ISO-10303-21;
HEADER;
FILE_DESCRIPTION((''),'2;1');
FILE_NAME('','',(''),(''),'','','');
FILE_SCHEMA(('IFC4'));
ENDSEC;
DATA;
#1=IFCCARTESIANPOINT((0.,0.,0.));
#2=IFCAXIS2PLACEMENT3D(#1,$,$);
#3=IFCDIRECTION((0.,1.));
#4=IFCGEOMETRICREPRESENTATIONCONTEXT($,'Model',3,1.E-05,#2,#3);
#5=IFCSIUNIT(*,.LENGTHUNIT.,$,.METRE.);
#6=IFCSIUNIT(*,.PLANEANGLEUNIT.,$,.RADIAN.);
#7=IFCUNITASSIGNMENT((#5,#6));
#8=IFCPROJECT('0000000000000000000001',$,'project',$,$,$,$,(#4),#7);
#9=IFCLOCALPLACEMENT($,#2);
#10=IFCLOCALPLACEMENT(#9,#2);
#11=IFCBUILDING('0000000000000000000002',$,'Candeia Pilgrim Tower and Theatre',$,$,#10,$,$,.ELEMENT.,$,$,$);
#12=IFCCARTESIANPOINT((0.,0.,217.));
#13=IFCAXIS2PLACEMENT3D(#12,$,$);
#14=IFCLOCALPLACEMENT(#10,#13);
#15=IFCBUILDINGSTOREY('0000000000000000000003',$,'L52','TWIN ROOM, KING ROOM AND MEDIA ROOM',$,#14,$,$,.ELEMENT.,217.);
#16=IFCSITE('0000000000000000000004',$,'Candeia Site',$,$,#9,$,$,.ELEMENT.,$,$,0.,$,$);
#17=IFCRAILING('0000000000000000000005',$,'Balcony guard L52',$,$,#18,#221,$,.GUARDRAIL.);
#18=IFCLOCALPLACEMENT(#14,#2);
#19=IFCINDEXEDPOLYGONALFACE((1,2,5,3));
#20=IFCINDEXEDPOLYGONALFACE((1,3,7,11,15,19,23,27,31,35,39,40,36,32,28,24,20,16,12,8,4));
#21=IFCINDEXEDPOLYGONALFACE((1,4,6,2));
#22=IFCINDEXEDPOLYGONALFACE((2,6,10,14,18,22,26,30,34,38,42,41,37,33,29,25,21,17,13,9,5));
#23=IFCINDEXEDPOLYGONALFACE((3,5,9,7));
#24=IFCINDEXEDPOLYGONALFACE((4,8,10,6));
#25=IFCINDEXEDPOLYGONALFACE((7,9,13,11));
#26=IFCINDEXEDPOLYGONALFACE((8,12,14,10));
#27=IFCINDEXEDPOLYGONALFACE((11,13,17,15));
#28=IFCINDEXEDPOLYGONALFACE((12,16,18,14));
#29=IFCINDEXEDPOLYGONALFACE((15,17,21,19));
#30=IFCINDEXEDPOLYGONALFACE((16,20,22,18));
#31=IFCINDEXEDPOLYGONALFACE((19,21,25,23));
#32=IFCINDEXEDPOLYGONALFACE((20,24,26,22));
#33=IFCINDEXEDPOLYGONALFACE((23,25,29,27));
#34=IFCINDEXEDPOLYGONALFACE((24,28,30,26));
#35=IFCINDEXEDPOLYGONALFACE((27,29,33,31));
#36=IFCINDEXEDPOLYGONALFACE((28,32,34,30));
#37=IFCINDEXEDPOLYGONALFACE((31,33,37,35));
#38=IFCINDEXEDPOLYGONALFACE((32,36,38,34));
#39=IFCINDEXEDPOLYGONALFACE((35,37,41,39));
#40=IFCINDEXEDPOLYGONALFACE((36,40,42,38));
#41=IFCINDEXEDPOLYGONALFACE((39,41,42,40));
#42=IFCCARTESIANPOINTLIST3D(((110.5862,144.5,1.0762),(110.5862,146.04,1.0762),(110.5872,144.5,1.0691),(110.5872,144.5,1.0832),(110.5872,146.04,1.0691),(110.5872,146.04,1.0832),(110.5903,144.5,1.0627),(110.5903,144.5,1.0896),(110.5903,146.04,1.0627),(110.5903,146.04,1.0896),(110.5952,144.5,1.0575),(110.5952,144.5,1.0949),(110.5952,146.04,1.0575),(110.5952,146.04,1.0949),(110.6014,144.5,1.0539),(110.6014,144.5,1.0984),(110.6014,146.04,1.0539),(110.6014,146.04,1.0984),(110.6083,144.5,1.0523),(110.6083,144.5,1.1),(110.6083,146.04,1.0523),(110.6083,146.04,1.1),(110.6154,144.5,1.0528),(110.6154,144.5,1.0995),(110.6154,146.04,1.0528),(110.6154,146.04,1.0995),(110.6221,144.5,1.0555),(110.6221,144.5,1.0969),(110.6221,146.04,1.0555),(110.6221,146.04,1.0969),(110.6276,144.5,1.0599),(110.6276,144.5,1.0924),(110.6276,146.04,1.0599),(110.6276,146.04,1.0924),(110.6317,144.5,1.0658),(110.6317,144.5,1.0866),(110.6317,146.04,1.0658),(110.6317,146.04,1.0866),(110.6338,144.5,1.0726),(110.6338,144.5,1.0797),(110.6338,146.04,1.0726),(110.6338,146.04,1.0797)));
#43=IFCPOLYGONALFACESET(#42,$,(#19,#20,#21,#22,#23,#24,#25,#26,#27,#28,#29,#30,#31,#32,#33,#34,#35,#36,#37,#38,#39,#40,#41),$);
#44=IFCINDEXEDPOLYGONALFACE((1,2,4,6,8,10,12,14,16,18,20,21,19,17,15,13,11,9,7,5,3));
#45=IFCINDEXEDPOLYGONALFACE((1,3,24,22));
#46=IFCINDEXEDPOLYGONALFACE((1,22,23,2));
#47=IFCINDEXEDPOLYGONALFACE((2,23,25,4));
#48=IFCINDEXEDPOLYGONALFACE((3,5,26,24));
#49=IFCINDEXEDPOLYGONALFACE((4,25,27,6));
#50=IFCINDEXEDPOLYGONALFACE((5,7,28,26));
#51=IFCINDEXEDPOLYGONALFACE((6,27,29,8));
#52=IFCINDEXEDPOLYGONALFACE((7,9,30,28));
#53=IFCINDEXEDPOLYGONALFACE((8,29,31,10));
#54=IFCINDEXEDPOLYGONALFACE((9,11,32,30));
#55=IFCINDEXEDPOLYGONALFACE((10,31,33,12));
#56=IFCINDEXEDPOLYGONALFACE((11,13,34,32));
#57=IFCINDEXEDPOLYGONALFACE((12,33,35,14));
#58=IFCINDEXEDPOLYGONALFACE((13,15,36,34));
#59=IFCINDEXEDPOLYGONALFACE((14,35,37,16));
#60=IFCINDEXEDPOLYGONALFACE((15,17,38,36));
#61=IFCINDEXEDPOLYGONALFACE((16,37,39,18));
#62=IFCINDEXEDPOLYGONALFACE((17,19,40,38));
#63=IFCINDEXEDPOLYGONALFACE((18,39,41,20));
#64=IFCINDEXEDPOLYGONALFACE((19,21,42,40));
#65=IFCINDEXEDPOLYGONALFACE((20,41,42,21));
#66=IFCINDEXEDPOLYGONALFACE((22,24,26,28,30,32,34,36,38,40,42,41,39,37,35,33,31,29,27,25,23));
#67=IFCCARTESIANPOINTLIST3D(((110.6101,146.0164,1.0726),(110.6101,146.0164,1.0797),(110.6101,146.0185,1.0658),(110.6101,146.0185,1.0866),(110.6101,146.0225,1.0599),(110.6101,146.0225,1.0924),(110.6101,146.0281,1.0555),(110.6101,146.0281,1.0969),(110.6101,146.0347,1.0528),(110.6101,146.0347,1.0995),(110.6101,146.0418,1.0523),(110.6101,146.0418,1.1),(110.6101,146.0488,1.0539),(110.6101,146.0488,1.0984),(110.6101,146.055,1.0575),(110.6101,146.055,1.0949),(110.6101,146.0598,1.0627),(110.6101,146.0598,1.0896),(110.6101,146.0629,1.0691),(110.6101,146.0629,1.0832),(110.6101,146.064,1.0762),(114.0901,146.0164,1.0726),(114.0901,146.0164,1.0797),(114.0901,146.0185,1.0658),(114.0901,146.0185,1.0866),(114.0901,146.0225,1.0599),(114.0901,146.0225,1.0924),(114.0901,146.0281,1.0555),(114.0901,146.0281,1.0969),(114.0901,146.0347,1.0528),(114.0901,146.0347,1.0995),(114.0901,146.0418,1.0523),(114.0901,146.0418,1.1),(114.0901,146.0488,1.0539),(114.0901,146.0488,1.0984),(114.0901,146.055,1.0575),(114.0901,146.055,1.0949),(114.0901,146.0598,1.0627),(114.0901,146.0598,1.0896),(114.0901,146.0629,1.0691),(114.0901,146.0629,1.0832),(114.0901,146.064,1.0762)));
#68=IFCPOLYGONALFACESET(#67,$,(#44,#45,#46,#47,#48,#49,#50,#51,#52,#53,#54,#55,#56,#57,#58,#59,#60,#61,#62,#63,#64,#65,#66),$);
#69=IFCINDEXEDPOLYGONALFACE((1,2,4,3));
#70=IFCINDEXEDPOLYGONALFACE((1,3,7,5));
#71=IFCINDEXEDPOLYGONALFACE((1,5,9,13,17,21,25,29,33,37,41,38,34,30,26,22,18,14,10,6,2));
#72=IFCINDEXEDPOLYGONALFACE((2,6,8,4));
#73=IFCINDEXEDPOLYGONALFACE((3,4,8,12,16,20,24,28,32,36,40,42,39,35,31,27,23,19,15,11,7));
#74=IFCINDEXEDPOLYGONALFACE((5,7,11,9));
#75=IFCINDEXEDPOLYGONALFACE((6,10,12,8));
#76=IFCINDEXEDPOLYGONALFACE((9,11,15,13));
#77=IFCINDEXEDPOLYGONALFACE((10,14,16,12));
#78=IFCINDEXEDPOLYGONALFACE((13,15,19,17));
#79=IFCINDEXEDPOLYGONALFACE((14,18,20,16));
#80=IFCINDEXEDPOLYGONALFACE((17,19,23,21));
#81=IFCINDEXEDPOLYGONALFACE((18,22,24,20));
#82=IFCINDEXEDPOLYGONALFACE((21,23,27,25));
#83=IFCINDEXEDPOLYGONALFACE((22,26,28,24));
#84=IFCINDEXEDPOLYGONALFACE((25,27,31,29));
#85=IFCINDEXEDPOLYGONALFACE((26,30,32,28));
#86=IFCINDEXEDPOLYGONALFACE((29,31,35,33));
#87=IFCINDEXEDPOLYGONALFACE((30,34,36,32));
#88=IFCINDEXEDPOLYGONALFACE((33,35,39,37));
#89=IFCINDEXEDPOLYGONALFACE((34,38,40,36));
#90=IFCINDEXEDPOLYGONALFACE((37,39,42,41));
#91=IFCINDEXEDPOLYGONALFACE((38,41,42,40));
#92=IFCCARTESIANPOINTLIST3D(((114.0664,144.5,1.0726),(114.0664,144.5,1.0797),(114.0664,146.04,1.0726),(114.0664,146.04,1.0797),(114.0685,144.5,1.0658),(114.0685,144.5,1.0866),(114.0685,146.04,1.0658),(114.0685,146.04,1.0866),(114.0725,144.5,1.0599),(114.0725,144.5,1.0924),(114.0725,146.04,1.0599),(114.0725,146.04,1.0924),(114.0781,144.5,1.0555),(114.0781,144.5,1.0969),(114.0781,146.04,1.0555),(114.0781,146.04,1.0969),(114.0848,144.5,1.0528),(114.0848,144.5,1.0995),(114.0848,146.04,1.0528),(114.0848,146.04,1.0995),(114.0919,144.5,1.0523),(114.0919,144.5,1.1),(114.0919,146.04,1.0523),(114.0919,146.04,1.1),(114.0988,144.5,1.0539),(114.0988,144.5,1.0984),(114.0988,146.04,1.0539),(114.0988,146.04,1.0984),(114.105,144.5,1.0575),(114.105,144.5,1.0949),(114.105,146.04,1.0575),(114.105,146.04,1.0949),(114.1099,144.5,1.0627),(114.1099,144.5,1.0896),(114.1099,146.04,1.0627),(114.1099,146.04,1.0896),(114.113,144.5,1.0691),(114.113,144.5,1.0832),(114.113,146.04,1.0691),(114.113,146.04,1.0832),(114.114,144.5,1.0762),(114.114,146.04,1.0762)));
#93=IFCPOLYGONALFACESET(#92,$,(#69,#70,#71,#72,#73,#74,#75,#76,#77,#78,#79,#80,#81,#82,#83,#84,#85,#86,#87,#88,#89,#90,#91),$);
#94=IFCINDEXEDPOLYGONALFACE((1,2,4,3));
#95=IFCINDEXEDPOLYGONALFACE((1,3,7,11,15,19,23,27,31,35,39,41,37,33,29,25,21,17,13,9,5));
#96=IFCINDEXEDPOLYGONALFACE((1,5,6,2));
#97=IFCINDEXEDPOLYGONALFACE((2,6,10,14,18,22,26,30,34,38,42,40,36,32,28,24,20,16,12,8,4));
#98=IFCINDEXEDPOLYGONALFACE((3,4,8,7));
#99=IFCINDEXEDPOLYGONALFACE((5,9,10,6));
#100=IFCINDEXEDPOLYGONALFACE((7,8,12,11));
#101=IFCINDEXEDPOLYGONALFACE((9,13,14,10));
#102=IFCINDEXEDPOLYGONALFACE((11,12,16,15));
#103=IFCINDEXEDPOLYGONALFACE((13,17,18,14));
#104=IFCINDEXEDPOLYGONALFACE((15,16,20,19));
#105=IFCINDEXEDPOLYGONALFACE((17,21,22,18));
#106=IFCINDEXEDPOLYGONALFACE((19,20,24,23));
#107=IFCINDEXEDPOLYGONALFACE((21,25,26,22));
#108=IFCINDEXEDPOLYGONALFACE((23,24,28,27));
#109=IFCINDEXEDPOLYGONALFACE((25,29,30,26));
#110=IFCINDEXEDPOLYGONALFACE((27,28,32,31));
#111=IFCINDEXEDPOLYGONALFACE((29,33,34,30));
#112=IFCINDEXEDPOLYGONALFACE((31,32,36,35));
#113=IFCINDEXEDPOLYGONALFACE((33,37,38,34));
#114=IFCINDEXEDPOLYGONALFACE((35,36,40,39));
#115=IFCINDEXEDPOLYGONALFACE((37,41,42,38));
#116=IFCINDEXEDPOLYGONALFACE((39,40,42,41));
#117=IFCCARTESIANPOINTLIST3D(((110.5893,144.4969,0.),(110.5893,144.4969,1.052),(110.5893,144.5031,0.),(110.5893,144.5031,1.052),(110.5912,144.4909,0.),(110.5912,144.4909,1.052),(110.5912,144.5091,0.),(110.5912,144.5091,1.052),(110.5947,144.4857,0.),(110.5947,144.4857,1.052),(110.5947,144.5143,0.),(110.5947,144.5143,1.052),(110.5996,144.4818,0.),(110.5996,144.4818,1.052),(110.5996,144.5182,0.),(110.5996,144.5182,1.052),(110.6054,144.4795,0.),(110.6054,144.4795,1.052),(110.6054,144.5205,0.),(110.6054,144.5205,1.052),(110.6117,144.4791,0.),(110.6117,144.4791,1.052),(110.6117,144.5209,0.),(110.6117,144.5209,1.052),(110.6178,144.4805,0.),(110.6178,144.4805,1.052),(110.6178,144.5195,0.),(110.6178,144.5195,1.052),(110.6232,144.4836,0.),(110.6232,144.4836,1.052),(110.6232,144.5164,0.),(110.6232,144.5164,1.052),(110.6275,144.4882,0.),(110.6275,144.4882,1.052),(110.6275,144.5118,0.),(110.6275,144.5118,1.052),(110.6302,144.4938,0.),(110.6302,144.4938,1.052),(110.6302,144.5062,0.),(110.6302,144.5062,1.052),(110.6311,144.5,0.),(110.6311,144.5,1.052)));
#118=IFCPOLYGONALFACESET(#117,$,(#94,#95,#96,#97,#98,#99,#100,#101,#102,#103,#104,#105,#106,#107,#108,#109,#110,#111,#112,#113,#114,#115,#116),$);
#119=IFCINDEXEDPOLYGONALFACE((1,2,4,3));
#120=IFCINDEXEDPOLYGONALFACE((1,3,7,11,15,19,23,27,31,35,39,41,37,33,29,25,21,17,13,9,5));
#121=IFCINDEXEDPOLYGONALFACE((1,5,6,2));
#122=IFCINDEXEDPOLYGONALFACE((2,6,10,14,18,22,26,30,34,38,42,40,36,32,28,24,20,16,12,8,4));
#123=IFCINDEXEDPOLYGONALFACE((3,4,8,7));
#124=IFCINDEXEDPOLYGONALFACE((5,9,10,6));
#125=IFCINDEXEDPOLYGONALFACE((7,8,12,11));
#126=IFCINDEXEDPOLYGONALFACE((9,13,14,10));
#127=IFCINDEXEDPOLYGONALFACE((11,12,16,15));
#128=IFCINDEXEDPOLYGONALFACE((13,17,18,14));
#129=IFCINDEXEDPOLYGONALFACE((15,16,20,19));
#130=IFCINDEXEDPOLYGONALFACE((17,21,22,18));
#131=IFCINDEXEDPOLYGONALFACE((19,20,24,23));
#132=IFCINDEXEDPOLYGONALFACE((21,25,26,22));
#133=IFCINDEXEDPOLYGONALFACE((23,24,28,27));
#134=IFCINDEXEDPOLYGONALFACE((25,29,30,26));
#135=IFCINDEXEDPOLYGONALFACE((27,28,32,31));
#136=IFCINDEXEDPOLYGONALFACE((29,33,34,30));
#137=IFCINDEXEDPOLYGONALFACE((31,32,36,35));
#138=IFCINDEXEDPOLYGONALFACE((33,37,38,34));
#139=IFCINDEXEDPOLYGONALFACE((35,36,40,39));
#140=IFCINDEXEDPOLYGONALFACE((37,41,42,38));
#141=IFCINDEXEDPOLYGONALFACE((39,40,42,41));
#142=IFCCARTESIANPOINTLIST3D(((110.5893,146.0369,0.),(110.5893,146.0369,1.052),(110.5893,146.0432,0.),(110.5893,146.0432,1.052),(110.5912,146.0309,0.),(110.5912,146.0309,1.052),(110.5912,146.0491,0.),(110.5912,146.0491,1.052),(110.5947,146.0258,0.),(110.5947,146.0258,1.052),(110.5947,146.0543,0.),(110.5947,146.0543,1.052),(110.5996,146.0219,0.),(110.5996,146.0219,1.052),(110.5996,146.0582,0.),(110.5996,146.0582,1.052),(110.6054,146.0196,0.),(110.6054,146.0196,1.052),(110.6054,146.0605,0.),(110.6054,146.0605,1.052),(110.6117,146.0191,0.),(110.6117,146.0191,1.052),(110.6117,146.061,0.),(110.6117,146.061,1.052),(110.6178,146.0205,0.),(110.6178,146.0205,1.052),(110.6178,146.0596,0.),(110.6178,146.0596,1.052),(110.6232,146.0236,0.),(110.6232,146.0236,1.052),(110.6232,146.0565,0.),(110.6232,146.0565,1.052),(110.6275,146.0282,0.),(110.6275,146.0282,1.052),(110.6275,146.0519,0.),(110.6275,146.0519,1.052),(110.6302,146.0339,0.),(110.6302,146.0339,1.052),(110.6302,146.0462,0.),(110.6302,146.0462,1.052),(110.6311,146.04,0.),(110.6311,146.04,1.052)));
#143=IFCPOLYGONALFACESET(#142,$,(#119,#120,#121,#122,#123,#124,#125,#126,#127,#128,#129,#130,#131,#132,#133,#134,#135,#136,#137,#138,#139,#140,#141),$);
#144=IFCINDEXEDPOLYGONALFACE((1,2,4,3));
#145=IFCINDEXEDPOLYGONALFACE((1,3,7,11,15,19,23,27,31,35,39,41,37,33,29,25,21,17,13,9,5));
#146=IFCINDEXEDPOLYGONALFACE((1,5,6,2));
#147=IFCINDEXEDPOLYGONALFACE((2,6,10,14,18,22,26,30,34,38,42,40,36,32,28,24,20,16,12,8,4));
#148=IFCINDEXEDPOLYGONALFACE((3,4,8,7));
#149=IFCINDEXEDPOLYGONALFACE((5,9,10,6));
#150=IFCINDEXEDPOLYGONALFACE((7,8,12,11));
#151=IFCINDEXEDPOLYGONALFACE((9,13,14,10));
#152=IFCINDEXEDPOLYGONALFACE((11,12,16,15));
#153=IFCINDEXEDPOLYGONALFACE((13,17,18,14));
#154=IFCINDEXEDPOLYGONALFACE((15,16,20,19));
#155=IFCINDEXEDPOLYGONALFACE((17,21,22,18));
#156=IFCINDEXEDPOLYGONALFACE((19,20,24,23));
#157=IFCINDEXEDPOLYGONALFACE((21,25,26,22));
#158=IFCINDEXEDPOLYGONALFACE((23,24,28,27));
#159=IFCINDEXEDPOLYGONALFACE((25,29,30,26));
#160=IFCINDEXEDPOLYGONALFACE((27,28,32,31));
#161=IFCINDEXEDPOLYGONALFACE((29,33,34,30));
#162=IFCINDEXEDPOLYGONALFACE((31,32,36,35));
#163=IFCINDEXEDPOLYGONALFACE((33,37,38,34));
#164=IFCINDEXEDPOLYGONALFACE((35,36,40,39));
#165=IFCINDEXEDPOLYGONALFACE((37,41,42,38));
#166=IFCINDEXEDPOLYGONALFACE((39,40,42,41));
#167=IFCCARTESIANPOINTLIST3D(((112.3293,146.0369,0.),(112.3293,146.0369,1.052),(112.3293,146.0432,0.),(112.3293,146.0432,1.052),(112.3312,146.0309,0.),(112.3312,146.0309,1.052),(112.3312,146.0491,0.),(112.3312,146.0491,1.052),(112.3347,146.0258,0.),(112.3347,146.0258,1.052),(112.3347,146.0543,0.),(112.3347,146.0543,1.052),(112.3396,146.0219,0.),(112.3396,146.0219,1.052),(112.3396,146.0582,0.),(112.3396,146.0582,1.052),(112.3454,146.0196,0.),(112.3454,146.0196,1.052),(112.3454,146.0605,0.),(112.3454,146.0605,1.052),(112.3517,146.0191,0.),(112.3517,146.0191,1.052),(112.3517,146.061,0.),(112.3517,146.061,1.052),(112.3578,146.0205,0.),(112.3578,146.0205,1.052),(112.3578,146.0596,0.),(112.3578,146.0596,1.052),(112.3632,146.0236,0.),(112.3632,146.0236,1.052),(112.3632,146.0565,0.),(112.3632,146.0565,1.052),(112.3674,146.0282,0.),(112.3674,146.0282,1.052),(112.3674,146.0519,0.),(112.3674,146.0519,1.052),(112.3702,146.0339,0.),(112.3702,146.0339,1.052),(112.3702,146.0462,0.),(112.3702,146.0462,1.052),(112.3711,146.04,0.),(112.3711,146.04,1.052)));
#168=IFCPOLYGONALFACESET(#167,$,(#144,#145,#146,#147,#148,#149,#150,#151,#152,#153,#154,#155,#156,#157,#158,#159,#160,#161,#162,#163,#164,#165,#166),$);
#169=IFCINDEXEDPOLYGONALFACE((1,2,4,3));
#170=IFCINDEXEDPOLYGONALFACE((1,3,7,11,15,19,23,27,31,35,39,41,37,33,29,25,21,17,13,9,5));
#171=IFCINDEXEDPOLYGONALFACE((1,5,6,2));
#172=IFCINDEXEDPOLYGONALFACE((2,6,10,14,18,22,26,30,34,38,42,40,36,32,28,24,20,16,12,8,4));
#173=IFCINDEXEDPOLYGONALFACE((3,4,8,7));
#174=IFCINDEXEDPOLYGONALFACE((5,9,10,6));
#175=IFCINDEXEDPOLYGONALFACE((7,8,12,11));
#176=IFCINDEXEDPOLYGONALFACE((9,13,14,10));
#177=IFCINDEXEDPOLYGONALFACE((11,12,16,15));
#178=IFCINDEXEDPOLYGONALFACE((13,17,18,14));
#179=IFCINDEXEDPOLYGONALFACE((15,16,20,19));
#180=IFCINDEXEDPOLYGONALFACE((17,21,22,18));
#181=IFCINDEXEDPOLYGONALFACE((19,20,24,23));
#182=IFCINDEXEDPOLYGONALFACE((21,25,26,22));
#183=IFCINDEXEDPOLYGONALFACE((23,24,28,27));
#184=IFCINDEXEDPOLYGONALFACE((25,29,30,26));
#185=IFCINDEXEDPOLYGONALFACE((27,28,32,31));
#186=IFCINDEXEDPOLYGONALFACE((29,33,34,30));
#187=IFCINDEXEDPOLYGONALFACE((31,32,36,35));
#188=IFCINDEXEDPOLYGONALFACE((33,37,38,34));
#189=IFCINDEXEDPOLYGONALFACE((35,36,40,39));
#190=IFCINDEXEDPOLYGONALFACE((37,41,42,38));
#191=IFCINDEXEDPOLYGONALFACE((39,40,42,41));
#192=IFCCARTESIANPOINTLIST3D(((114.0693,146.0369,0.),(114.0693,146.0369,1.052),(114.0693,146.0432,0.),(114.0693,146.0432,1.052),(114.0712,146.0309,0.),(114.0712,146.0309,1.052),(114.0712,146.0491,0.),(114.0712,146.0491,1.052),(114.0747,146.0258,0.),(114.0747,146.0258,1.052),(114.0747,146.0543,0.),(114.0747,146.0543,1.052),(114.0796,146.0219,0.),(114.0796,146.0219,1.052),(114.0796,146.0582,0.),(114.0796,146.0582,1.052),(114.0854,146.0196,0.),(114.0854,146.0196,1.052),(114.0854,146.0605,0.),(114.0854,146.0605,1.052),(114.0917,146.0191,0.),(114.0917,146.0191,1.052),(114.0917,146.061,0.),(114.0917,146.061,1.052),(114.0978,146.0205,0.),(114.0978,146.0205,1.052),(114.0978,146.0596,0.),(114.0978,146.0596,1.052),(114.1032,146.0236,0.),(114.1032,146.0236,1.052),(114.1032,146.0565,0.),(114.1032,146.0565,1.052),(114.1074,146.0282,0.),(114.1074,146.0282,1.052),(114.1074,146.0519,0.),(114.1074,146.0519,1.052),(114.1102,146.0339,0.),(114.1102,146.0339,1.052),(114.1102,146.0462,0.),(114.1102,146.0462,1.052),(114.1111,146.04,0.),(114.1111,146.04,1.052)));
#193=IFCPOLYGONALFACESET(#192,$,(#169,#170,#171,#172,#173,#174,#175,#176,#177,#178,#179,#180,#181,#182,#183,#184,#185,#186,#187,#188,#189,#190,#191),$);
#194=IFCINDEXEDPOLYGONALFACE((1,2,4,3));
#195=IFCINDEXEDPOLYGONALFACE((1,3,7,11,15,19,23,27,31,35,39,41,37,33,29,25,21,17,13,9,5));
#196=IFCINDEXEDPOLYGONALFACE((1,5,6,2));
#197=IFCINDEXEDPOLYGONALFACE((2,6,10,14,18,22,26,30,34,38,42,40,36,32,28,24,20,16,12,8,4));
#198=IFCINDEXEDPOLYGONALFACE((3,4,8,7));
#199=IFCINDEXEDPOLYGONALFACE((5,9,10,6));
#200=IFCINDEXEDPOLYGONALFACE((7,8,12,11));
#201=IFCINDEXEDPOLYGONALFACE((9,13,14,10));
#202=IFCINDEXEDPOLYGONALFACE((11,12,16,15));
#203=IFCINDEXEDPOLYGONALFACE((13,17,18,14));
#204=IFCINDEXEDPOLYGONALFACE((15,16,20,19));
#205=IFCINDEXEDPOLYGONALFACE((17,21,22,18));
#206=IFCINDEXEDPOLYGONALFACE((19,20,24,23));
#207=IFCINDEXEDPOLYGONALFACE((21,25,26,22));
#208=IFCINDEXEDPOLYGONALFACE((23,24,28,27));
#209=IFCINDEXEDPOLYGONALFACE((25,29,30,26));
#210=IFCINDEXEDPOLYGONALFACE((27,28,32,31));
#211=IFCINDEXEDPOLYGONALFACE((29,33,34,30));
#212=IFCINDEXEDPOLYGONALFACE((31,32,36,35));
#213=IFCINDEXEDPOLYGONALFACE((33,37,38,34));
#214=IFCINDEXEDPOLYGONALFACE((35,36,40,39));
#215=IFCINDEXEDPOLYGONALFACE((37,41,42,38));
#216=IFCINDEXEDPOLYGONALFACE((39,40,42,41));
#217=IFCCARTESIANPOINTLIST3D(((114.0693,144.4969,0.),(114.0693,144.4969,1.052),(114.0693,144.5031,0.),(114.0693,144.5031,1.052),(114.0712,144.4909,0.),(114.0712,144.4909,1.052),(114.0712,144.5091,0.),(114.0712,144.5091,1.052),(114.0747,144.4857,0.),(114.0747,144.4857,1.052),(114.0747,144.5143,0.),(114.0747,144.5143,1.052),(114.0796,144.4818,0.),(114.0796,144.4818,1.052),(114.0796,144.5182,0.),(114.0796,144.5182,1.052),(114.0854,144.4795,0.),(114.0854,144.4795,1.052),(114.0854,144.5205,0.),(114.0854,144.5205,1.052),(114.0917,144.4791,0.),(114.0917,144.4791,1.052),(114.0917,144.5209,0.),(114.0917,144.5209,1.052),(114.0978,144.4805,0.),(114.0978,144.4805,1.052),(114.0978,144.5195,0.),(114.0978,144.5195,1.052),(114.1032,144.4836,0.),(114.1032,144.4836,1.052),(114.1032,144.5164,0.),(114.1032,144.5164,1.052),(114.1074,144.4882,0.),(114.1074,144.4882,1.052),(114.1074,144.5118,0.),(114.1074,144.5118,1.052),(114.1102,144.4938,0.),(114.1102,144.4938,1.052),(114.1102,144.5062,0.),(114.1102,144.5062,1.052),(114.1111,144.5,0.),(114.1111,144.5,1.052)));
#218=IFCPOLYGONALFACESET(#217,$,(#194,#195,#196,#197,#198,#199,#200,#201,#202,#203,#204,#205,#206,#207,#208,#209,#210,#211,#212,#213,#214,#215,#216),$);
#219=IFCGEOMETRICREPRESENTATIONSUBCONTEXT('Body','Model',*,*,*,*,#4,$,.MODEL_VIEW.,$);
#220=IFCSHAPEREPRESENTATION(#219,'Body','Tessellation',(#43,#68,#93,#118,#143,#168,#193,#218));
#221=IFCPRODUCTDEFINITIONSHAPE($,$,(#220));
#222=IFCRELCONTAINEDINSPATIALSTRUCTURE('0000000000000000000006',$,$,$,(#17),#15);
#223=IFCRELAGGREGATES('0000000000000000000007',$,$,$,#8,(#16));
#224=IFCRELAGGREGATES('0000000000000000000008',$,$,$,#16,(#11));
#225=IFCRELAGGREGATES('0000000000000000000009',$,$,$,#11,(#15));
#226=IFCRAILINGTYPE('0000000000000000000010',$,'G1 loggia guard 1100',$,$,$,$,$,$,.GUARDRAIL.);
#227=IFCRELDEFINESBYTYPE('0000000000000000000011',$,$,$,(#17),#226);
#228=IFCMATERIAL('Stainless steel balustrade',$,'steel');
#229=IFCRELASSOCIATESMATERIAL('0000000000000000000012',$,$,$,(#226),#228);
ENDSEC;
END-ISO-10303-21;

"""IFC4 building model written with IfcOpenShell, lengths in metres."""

from ifc_helpers import new_model, si_unit, direction, frame, origin, origin_2d, place, context, subcontext, project, spatial, circle, extrude, material, type_object, element, save


model = new_model("IFC4")

# Units and contexts
model_context = context("Model", 3, precision=1e-05, world=origin(), true_north=direction((0.0, 1.0)))
body_context = subcontext(model_context, "Body", "Model", "MODEL_VIEW")
ifc_project = project(units=[si_unit("LENGTHUNIT", "METRE"), si_unit("PLANEANGLEUNIT", "RADIAN")], contexts=[model_context])

# Site, building, storey
site_placement = place(None, origin())
site = spatial("IfcSite", under=ifc_project, at=site_placement, Name="Candeia Site", CompositionType="ELEMENT", RefElevation=0.0)
building_placement = place(site_placement, origin())
building = spatial("IfcBuilding", under=site, at=building_placement, Name="Candeia Pilgrim Tower and Theatre", CompositionType="ELEMENT")
storey_placement = place(building_placement, frame((0.0, 0.0, 217.0)))
storey = spatial("IfcBuildingStorey", under=building, at=storey_placement, Name="L52", Description="TWIN ROOM, KING ROOM AND MEDIA ROOM", CompositionType="ELEMENT", Elevation=217.0)

# Railing
ifc_material_1 = material(Name="Stainless steel balustrade", Category="steel")
railing_type = type_object("IfcRailingType", Name="G1 loggia guard 1100", PredefinedType="GUARDRAIL", material=ifc_material_1)
railing_1_placement = place(storey_placement, frame((110.6101, 144.5, 0.0)))
element("IfcRailing", 1, at=railing_1_placement, inside=storey, type_object=railing_type, Name="Balcony guard L52", PredefinedType="GUARDRAIL", context=body_context, shape_type="SweptSolid", body=[
    extrude(circle(Radius=0.0239, at=origin_2d()), frame((0.0, 0.0, 1.0762), z_axis=(0.0, 1.0, 0.0), x_axis=(-1.0, 0.0, 0.0)), (0.0, 0.0, 1.0), 1.54),
    extrude(circle(Radius=0.0239, at=origin_2d()), frame((0.0, 1.54, 1.0762), z_axis=(1.0, 0.0, 0.0), x_axis=(0.0, 1.0, 0.0)), (0.0, 0.0, 1.0), 3.48),
    extrude(circle(Radius=0.0239, at=origin_2d()), frame((3.48, 1.54, 1.0762), z_axis=(0.0, -1.0, 0.0), x_axis=(1.0, 0.0, 0.0)), (0.0, 0.0, 1.0), 1.54),
    extrude(circle(Radius=0.021, at=origin_2d()), origin(), (0.0, 0.0, 1.0), 1.052),
    extrude(circle(Radius=0.021, at=origin_2d()), frame((0.0, 1.54, 0.0)), (0.0, 0.0, 1.0), 1.052),
    extrude(circle(Radius=0.021, at=origin_2d()), frame((1.74, 1.54, 0.0)), (0.0, 0.0, 1.0), 1.052),
    extrude(circle(Radius=0.021, at=origin_2d()), frame((3.48, 1.54, 0.0)), (0.0, 0.0, 1.0), 1.052),
    extrude(circle(Radius=0.021, at=origin_2d()), frame((3.48, 0.0, 0.0)), (0.0, 0.0, 1.0), 1.052),
])

save(model, "model.ifc")
